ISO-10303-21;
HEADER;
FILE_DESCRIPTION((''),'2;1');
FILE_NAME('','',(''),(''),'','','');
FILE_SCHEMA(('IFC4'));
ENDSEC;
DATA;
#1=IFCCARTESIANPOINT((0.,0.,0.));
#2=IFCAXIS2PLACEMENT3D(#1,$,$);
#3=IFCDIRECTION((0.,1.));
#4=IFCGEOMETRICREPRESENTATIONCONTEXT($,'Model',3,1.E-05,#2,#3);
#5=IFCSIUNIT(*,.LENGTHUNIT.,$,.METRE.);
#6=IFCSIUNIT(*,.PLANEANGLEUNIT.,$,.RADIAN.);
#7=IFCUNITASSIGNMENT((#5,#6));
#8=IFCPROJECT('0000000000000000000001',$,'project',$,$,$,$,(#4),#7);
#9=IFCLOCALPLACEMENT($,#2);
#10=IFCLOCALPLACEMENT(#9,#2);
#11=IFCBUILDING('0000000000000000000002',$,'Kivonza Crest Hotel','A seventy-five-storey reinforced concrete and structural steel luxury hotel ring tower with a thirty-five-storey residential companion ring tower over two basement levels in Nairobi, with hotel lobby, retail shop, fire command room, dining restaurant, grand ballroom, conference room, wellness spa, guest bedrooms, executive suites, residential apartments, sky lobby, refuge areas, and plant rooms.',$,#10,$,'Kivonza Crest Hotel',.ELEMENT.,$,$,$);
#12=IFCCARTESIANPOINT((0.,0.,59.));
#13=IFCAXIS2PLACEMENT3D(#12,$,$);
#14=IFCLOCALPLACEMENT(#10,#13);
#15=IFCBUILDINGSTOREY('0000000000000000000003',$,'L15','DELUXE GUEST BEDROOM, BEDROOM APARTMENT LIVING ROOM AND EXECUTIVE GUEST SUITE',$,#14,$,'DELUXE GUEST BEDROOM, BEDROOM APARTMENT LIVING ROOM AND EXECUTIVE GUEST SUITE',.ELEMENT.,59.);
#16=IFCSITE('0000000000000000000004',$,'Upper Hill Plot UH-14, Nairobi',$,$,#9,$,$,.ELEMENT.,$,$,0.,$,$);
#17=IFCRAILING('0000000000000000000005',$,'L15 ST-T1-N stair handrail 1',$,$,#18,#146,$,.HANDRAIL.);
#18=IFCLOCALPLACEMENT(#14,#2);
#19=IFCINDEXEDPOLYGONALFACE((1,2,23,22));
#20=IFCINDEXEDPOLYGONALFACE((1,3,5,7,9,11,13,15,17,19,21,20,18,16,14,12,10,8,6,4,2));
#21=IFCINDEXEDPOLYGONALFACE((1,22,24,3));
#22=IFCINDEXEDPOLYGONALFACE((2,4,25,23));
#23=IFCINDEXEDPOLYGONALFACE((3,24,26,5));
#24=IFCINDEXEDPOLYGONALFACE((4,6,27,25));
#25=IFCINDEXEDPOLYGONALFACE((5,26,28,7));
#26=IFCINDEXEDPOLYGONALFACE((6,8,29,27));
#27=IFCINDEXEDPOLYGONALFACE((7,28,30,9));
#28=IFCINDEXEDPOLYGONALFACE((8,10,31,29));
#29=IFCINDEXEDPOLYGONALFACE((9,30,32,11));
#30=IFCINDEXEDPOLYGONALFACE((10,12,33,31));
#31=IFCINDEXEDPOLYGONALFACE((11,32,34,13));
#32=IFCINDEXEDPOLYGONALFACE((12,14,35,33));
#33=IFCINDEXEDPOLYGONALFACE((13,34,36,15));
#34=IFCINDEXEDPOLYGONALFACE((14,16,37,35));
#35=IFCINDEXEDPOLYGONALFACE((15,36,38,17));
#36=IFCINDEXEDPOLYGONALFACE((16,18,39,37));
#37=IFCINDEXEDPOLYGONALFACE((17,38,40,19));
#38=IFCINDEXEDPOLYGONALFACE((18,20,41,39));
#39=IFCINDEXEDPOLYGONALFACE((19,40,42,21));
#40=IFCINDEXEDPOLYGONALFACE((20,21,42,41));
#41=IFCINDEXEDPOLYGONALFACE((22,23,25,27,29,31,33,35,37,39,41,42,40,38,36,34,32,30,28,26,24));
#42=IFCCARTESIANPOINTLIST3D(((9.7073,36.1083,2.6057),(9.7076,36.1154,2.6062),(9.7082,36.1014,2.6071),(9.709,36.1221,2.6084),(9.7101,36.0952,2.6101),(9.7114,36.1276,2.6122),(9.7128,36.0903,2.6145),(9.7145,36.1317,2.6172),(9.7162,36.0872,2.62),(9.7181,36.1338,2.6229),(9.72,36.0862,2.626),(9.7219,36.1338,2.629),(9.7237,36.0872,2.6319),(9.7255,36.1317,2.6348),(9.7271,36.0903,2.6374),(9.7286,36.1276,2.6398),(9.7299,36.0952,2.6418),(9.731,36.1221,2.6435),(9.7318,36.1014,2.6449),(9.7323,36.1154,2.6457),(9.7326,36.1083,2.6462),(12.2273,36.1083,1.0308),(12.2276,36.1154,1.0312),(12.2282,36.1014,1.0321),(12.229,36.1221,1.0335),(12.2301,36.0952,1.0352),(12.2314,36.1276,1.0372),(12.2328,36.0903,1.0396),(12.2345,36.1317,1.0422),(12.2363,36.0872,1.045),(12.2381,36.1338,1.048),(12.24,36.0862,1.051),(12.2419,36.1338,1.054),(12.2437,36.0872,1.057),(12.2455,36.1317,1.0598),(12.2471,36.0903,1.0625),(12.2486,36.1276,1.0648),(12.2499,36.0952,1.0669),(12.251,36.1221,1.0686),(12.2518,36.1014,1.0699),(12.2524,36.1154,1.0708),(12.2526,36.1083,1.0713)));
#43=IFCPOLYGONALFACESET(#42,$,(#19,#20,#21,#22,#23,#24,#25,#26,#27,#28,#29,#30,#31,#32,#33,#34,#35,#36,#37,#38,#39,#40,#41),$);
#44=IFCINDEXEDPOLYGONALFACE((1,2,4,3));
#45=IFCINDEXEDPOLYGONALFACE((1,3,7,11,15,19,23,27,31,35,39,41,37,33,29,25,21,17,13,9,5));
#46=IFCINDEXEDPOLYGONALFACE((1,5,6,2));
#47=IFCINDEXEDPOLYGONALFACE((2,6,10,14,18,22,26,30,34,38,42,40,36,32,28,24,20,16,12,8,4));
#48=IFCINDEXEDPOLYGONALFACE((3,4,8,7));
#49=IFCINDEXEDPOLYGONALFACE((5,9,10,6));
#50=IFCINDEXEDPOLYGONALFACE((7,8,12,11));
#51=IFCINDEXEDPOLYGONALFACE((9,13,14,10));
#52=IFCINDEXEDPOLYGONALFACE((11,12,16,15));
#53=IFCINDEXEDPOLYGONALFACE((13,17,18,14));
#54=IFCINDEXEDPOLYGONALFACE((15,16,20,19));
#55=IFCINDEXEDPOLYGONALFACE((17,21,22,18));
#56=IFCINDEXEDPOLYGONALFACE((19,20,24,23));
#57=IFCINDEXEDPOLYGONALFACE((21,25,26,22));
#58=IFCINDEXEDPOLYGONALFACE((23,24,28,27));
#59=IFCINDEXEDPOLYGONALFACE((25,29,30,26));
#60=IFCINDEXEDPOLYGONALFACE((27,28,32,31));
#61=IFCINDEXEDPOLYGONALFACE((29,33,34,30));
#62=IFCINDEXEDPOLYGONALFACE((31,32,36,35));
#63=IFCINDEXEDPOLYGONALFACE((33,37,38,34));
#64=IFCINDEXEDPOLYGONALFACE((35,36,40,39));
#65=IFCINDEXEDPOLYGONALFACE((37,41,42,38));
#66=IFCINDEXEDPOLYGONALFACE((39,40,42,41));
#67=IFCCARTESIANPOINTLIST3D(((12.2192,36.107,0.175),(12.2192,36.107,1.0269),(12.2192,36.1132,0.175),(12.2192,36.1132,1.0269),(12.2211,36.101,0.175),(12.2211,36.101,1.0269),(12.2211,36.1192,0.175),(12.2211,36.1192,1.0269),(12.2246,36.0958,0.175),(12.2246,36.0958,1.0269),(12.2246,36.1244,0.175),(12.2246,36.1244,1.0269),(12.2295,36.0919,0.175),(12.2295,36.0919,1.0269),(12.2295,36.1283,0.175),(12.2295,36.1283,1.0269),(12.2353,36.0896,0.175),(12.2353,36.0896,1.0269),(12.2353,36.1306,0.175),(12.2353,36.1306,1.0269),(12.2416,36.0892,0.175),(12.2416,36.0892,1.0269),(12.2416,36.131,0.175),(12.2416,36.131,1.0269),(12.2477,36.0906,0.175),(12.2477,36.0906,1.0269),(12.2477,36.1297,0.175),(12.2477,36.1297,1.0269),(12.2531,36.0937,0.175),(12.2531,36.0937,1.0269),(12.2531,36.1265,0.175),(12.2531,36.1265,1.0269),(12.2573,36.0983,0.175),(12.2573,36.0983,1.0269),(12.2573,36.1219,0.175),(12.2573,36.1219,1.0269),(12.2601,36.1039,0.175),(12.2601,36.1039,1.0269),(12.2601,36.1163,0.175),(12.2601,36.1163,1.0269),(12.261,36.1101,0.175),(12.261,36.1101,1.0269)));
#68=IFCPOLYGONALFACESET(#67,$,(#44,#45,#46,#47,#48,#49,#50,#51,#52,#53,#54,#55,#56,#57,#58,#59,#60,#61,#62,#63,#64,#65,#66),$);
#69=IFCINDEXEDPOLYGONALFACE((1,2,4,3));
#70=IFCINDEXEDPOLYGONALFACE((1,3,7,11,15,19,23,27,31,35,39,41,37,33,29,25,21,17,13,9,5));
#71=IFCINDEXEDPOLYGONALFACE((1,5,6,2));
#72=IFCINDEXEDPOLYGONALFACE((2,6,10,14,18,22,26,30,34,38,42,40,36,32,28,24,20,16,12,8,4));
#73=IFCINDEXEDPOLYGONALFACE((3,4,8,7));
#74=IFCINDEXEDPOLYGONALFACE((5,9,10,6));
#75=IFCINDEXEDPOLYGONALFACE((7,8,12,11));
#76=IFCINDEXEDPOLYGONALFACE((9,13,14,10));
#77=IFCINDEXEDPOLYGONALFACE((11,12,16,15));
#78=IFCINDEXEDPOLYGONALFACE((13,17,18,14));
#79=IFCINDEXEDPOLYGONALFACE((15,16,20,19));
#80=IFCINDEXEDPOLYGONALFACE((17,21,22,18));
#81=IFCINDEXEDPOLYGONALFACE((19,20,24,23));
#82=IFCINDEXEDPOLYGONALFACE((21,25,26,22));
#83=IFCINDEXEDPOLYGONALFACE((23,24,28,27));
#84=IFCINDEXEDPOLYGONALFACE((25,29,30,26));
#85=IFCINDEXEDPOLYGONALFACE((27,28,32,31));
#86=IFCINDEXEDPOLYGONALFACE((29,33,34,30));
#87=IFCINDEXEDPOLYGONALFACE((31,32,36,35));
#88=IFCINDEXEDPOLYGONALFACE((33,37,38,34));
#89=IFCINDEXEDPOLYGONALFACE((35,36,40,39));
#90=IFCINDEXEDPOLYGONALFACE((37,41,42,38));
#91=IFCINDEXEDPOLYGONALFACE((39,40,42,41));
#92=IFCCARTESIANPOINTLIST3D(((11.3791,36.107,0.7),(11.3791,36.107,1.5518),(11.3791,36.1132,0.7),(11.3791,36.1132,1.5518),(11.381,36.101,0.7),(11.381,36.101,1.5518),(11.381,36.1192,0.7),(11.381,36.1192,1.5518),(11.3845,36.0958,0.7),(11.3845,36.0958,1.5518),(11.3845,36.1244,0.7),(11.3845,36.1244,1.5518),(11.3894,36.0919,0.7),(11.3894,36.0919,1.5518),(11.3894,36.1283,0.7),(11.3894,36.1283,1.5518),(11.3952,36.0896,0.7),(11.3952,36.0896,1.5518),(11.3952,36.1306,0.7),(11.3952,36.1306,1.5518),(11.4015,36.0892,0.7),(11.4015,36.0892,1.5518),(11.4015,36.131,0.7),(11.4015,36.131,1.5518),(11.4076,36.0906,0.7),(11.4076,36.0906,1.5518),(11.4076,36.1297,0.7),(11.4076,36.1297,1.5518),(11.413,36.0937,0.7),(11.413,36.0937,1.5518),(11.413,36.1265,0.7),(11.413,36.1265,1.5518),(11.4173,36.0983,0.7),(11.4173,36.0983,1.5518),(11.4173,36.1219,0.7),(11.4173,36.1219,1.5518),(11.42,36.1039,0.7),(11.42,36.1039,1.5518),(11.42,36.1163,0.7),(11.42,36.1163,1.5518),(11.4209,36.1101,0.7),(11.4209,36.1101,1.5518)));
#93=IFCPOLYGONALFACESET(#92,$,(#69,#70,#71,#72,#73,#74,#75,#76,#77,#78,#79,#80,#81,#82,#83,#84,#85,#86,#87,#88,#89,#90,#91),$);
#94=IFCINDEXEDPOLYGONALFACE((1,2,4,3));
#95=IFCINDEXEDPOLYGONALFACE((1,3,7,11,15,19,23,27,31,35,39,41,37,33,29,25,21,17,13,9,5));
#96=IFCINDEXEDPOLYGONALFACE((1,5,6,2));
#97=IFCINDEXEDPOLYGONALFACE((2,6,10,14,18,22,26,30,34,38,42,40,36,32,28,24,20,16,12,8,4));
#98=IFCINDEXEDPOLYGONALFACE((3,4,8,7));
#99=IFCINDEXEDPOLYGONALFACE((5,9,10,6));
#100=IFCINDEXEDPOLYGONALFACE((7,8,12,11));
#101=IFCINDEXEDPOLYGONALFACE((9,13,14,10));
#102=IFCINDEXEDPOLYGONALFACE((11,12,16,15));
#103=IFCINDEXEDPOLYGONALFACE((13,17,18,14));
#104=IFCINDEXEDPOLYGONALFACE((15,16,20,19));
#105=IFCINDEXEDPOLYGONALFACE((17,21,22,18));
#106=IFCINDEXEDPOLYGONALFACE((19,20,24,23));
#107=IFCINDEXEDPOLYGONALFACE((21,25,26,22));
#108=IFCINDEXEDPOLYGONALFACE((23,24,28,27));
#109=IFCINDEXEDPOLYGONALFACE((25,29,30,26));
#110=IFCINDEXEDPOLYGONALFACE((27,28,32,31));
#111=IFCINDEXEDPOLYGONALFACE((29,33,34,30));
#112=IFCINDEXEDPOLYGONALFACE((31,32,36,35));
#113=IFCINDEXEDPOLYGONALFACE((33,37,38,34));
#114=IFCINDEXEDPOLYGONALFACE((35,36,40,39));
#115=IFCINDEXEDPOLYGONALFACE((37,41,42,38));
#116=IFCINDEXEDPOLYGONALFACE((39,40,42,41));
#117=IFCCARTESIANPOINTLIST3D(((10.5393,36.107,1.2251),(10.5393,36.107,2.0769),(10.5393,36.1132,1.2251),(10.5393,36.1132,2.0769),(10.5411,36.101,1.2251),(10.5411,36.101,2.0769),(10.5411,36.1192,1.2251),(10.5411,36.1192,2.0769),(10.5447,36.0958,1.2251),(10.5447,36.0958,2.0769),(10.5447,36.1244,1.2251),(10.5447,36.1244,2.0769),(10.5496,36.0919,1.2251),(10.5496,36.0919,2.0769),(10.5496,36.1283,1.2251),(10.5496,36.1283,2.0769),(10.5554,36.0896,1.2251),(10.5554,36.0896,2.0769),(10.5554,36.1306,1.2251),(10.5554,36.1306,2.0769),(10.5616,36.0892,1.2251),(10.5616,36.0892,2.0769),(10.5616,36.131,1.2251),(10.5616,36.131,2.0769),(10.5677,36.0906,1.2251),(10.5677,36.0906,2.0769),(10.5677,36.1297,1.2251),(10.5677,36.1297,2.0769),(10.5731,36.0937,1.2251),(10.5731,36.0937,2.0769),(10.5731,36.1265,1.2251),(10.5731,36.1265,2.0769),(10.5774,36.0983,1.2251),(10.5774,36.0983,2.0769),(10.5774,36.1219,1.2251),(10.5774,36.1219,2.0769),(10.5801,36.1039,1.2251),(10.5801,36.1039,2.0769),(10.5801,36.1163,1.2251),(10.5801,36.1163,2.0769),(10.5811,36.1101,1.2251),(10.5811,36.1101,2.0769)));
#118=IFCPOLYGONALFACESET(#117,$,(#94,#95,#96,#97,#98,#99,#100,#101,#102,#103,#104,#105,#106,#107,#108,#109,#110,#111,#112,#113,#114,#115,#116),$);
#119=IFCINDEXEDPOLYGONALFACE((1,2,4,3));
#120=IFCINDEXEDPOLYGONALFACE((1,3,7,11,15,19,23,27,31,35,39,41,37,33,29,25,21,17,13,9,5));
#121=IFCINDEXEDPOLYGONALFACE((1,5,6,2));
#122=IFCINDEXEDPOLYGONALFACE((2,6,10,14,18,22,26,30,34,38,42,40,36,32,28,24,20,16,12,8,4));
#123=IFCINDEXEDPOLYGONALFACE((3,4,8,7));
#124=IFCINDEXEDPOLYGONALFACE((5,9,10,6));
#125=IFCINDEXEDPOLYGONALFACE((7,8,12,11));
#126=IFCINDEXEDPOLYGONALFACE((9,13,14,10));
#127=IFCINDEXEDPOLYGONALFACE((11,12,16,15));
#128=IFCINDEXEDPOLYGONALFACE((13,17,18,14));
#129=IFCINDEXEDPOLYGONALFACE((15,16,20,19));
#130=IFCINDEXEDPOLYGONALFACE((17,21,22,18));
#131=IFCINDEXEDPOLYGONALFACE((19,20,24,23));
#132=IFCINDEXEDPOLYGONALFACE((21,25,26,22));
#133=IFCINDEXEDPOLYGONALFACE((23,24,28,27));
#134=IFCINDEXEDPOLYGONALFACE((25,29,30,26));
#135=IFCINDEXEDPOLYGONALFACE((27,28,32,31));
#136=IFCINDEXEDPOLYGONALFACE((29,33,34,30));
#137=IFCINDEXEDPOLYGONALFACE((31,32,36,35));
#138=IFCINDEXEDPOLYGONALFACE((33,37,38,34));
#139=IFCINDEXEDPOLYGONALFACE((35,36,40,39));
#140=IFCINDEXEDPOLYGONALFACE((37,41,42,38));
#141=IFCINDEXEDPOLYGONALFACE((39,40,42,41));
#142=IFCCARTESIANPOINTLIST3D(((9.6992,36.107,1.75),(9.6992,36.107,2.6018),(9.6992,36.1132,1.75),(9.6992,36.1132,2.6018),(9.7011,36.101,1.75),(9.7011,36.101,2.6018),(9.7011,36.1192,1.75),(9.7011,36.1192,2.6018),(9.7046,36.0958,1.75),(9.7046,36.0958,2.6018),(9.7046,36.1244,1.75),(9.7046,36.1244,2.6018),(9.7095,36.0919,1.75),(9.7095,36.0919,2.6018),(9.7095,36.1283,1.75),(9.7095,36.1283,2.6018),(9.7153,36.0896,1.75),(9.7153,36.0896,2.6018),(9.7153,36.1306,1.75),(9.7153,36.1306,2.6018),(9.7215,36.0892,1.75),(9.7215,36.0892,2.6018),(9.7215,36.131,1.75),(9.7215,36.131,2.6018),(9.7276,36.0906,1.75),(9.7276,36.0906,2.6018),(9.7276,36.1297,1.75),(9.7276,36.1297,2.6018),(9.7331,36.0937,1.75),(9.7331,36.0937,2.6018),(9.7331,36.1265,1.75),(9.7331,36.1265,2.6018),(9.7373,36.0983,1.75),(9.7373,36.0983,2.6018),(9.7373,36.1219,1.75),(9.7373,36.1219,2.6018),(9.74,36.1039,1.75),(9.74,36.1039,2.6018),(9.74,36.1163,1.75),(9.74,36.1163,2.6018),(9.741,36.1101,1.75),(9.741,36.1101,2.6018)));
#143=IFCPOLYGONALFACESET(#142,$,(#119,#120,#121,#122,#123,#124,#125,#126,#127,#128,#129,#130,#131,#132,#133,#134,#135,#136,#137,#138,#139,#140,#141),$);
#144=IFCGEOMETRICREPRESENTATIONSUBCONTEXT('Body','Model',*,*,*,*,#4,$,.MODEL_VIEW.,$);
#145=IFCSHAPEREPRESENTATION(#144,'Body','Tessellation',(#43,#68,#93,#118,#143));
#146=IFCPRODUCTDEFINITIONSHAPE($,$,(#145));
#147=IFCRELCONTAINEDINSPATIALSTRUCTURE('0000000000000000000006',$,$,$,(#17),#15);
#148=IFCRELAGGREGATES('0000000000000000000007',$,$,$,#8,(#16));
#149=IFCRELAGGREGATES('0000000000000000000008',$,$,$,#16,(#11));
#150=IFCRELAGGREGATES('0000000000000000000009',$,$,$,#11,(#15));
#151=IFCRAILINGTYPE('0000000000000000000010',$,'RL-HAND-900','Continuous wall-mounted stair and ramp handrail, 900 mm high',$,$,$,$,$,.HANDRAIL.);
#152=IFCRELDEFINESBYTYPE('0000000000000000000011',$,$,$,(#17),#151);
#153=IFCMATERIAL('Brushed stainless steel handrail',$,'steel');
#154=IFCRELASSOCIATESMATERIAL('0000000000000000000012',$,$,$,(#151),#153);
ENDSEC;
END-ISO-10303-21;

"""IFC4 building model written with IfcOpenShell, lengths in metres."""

from ifc_helpers import new_model, si_unit, direction, frame, origin, origin_2d, place, context, subcontext, project, spatial, circle, extrude, material, type_object, element, save


model = new_model("IFC4")

# Units and contexts
model_context = context("Model", 3, precision=1e-05, world=origin(), true_north=direction((0.0, 1.0)))
body_context = subcontext(model_context, "Body", "Model", "MODEL_VIEW")
ifc_project = project(units=[si_unit("LENGTHUNIT", "METRE"), si_unit("PLANEANGLEUNIT", "RADIAN")], contexts=[model_context])

# Site, building, storey
site_placement = place(None, origin())
site = spatial("IfcSite", under=ifc_project, at=site_placement, Name="Upper Hill Plot UH-14, Nairobi", CompositionType="ELEMENT", RefElevation=0.0)
building_placement = place(site_placement, origin())
building = spatial("IfcBuilding", under=site, at=building_placement, Name="Kivonza Crest Hotel", Description="A seventy-five-storey reinforced concrete and structural steel luxury hotel ring tower with a thirty-five-storey residential companion ring tower over two basement levels in Nairobi, with hotel lobby, retail shop, fire command room, dining restaurant, grand ballroom, conference room, wellness spa, guest bedrooms, executive suites, residential apartments, sky lobby, refuge areas, and plant rooms.", LongName="Kivonza Crest Hotel", CompositionType="ELEMENT")
storey_placement = place(building_placement, frame((0.0, 0.0, 59.0)))
storey = spatial("IfcBuildingStorey", under=building, at=storey_placement, Name="L15", Description="DELUXE GUEST BEDROOM, BEDROOM APARTMENT LIVING ROOM AND EXECUTIVE GUEST SUITE", LongName="DELUXE GUEST BEDROOM, BEDROOM APARTMENT LIVING ROOM AND EXECUTIVE GUEST SUITE", CompositionType="ELEMENT", Elevation=59.0)

# Railing
ifc_material_1 = material(Name="Brushed stainless steel handrail", Category="steel")
railing_type_1 = type_object("IfcRailingType", Name="RL-HAND-900", Description="Continuous wall-mounted stair and ramp handrail, 900 mm high", PredefinedType="HANDRAIL", material=ifc_material_1)
railing_1_placement = place(storey_placement, frame((12.24, 36.1101, 0.175)))
element("IfcRailing", 1, at=railing_1_placement, inside=storey, type_object=railing_type_1, Name="L15 ST-T1-N stair handrail 1", PredefinedType="HANDRAIL", context=body_context, shape_type="SweptSolid", body=[
    extrude(circle(Radius=0.0239, at=origin_2d()), frame((0.0, 0.0, 0.876), z_axis=(-0.848008, 0.0, 0.529984), x_axis=(0.0, -1.0, 0.0)), (0.0, 0.0, 1.0), 2.9717),
    extrude(circle(Radius=0.021, at=origin_2d()), origin(), (0.0, 0.0, 1.0), 0.8518),
    extrude(circle(Radius=0.021, at=origin_2d()), frame((-0.8401, 0.0, 0.5249)), (0.0, 0.0, 1.0), 0.8518),
    extrude(circle(Radius=0.021, at=origin_2d()), frame((-1.6799, 0.0, 1.05)), (0.0, 0.0, 1.0), 0.8518),
    extrude(circle(Radius=0.021, at=origin_2d()), frame((-2.52, 0.0, 1.575)), (0.0, 0.0, 1.0), 0.8518),
])

save(model, "model.ifc")
